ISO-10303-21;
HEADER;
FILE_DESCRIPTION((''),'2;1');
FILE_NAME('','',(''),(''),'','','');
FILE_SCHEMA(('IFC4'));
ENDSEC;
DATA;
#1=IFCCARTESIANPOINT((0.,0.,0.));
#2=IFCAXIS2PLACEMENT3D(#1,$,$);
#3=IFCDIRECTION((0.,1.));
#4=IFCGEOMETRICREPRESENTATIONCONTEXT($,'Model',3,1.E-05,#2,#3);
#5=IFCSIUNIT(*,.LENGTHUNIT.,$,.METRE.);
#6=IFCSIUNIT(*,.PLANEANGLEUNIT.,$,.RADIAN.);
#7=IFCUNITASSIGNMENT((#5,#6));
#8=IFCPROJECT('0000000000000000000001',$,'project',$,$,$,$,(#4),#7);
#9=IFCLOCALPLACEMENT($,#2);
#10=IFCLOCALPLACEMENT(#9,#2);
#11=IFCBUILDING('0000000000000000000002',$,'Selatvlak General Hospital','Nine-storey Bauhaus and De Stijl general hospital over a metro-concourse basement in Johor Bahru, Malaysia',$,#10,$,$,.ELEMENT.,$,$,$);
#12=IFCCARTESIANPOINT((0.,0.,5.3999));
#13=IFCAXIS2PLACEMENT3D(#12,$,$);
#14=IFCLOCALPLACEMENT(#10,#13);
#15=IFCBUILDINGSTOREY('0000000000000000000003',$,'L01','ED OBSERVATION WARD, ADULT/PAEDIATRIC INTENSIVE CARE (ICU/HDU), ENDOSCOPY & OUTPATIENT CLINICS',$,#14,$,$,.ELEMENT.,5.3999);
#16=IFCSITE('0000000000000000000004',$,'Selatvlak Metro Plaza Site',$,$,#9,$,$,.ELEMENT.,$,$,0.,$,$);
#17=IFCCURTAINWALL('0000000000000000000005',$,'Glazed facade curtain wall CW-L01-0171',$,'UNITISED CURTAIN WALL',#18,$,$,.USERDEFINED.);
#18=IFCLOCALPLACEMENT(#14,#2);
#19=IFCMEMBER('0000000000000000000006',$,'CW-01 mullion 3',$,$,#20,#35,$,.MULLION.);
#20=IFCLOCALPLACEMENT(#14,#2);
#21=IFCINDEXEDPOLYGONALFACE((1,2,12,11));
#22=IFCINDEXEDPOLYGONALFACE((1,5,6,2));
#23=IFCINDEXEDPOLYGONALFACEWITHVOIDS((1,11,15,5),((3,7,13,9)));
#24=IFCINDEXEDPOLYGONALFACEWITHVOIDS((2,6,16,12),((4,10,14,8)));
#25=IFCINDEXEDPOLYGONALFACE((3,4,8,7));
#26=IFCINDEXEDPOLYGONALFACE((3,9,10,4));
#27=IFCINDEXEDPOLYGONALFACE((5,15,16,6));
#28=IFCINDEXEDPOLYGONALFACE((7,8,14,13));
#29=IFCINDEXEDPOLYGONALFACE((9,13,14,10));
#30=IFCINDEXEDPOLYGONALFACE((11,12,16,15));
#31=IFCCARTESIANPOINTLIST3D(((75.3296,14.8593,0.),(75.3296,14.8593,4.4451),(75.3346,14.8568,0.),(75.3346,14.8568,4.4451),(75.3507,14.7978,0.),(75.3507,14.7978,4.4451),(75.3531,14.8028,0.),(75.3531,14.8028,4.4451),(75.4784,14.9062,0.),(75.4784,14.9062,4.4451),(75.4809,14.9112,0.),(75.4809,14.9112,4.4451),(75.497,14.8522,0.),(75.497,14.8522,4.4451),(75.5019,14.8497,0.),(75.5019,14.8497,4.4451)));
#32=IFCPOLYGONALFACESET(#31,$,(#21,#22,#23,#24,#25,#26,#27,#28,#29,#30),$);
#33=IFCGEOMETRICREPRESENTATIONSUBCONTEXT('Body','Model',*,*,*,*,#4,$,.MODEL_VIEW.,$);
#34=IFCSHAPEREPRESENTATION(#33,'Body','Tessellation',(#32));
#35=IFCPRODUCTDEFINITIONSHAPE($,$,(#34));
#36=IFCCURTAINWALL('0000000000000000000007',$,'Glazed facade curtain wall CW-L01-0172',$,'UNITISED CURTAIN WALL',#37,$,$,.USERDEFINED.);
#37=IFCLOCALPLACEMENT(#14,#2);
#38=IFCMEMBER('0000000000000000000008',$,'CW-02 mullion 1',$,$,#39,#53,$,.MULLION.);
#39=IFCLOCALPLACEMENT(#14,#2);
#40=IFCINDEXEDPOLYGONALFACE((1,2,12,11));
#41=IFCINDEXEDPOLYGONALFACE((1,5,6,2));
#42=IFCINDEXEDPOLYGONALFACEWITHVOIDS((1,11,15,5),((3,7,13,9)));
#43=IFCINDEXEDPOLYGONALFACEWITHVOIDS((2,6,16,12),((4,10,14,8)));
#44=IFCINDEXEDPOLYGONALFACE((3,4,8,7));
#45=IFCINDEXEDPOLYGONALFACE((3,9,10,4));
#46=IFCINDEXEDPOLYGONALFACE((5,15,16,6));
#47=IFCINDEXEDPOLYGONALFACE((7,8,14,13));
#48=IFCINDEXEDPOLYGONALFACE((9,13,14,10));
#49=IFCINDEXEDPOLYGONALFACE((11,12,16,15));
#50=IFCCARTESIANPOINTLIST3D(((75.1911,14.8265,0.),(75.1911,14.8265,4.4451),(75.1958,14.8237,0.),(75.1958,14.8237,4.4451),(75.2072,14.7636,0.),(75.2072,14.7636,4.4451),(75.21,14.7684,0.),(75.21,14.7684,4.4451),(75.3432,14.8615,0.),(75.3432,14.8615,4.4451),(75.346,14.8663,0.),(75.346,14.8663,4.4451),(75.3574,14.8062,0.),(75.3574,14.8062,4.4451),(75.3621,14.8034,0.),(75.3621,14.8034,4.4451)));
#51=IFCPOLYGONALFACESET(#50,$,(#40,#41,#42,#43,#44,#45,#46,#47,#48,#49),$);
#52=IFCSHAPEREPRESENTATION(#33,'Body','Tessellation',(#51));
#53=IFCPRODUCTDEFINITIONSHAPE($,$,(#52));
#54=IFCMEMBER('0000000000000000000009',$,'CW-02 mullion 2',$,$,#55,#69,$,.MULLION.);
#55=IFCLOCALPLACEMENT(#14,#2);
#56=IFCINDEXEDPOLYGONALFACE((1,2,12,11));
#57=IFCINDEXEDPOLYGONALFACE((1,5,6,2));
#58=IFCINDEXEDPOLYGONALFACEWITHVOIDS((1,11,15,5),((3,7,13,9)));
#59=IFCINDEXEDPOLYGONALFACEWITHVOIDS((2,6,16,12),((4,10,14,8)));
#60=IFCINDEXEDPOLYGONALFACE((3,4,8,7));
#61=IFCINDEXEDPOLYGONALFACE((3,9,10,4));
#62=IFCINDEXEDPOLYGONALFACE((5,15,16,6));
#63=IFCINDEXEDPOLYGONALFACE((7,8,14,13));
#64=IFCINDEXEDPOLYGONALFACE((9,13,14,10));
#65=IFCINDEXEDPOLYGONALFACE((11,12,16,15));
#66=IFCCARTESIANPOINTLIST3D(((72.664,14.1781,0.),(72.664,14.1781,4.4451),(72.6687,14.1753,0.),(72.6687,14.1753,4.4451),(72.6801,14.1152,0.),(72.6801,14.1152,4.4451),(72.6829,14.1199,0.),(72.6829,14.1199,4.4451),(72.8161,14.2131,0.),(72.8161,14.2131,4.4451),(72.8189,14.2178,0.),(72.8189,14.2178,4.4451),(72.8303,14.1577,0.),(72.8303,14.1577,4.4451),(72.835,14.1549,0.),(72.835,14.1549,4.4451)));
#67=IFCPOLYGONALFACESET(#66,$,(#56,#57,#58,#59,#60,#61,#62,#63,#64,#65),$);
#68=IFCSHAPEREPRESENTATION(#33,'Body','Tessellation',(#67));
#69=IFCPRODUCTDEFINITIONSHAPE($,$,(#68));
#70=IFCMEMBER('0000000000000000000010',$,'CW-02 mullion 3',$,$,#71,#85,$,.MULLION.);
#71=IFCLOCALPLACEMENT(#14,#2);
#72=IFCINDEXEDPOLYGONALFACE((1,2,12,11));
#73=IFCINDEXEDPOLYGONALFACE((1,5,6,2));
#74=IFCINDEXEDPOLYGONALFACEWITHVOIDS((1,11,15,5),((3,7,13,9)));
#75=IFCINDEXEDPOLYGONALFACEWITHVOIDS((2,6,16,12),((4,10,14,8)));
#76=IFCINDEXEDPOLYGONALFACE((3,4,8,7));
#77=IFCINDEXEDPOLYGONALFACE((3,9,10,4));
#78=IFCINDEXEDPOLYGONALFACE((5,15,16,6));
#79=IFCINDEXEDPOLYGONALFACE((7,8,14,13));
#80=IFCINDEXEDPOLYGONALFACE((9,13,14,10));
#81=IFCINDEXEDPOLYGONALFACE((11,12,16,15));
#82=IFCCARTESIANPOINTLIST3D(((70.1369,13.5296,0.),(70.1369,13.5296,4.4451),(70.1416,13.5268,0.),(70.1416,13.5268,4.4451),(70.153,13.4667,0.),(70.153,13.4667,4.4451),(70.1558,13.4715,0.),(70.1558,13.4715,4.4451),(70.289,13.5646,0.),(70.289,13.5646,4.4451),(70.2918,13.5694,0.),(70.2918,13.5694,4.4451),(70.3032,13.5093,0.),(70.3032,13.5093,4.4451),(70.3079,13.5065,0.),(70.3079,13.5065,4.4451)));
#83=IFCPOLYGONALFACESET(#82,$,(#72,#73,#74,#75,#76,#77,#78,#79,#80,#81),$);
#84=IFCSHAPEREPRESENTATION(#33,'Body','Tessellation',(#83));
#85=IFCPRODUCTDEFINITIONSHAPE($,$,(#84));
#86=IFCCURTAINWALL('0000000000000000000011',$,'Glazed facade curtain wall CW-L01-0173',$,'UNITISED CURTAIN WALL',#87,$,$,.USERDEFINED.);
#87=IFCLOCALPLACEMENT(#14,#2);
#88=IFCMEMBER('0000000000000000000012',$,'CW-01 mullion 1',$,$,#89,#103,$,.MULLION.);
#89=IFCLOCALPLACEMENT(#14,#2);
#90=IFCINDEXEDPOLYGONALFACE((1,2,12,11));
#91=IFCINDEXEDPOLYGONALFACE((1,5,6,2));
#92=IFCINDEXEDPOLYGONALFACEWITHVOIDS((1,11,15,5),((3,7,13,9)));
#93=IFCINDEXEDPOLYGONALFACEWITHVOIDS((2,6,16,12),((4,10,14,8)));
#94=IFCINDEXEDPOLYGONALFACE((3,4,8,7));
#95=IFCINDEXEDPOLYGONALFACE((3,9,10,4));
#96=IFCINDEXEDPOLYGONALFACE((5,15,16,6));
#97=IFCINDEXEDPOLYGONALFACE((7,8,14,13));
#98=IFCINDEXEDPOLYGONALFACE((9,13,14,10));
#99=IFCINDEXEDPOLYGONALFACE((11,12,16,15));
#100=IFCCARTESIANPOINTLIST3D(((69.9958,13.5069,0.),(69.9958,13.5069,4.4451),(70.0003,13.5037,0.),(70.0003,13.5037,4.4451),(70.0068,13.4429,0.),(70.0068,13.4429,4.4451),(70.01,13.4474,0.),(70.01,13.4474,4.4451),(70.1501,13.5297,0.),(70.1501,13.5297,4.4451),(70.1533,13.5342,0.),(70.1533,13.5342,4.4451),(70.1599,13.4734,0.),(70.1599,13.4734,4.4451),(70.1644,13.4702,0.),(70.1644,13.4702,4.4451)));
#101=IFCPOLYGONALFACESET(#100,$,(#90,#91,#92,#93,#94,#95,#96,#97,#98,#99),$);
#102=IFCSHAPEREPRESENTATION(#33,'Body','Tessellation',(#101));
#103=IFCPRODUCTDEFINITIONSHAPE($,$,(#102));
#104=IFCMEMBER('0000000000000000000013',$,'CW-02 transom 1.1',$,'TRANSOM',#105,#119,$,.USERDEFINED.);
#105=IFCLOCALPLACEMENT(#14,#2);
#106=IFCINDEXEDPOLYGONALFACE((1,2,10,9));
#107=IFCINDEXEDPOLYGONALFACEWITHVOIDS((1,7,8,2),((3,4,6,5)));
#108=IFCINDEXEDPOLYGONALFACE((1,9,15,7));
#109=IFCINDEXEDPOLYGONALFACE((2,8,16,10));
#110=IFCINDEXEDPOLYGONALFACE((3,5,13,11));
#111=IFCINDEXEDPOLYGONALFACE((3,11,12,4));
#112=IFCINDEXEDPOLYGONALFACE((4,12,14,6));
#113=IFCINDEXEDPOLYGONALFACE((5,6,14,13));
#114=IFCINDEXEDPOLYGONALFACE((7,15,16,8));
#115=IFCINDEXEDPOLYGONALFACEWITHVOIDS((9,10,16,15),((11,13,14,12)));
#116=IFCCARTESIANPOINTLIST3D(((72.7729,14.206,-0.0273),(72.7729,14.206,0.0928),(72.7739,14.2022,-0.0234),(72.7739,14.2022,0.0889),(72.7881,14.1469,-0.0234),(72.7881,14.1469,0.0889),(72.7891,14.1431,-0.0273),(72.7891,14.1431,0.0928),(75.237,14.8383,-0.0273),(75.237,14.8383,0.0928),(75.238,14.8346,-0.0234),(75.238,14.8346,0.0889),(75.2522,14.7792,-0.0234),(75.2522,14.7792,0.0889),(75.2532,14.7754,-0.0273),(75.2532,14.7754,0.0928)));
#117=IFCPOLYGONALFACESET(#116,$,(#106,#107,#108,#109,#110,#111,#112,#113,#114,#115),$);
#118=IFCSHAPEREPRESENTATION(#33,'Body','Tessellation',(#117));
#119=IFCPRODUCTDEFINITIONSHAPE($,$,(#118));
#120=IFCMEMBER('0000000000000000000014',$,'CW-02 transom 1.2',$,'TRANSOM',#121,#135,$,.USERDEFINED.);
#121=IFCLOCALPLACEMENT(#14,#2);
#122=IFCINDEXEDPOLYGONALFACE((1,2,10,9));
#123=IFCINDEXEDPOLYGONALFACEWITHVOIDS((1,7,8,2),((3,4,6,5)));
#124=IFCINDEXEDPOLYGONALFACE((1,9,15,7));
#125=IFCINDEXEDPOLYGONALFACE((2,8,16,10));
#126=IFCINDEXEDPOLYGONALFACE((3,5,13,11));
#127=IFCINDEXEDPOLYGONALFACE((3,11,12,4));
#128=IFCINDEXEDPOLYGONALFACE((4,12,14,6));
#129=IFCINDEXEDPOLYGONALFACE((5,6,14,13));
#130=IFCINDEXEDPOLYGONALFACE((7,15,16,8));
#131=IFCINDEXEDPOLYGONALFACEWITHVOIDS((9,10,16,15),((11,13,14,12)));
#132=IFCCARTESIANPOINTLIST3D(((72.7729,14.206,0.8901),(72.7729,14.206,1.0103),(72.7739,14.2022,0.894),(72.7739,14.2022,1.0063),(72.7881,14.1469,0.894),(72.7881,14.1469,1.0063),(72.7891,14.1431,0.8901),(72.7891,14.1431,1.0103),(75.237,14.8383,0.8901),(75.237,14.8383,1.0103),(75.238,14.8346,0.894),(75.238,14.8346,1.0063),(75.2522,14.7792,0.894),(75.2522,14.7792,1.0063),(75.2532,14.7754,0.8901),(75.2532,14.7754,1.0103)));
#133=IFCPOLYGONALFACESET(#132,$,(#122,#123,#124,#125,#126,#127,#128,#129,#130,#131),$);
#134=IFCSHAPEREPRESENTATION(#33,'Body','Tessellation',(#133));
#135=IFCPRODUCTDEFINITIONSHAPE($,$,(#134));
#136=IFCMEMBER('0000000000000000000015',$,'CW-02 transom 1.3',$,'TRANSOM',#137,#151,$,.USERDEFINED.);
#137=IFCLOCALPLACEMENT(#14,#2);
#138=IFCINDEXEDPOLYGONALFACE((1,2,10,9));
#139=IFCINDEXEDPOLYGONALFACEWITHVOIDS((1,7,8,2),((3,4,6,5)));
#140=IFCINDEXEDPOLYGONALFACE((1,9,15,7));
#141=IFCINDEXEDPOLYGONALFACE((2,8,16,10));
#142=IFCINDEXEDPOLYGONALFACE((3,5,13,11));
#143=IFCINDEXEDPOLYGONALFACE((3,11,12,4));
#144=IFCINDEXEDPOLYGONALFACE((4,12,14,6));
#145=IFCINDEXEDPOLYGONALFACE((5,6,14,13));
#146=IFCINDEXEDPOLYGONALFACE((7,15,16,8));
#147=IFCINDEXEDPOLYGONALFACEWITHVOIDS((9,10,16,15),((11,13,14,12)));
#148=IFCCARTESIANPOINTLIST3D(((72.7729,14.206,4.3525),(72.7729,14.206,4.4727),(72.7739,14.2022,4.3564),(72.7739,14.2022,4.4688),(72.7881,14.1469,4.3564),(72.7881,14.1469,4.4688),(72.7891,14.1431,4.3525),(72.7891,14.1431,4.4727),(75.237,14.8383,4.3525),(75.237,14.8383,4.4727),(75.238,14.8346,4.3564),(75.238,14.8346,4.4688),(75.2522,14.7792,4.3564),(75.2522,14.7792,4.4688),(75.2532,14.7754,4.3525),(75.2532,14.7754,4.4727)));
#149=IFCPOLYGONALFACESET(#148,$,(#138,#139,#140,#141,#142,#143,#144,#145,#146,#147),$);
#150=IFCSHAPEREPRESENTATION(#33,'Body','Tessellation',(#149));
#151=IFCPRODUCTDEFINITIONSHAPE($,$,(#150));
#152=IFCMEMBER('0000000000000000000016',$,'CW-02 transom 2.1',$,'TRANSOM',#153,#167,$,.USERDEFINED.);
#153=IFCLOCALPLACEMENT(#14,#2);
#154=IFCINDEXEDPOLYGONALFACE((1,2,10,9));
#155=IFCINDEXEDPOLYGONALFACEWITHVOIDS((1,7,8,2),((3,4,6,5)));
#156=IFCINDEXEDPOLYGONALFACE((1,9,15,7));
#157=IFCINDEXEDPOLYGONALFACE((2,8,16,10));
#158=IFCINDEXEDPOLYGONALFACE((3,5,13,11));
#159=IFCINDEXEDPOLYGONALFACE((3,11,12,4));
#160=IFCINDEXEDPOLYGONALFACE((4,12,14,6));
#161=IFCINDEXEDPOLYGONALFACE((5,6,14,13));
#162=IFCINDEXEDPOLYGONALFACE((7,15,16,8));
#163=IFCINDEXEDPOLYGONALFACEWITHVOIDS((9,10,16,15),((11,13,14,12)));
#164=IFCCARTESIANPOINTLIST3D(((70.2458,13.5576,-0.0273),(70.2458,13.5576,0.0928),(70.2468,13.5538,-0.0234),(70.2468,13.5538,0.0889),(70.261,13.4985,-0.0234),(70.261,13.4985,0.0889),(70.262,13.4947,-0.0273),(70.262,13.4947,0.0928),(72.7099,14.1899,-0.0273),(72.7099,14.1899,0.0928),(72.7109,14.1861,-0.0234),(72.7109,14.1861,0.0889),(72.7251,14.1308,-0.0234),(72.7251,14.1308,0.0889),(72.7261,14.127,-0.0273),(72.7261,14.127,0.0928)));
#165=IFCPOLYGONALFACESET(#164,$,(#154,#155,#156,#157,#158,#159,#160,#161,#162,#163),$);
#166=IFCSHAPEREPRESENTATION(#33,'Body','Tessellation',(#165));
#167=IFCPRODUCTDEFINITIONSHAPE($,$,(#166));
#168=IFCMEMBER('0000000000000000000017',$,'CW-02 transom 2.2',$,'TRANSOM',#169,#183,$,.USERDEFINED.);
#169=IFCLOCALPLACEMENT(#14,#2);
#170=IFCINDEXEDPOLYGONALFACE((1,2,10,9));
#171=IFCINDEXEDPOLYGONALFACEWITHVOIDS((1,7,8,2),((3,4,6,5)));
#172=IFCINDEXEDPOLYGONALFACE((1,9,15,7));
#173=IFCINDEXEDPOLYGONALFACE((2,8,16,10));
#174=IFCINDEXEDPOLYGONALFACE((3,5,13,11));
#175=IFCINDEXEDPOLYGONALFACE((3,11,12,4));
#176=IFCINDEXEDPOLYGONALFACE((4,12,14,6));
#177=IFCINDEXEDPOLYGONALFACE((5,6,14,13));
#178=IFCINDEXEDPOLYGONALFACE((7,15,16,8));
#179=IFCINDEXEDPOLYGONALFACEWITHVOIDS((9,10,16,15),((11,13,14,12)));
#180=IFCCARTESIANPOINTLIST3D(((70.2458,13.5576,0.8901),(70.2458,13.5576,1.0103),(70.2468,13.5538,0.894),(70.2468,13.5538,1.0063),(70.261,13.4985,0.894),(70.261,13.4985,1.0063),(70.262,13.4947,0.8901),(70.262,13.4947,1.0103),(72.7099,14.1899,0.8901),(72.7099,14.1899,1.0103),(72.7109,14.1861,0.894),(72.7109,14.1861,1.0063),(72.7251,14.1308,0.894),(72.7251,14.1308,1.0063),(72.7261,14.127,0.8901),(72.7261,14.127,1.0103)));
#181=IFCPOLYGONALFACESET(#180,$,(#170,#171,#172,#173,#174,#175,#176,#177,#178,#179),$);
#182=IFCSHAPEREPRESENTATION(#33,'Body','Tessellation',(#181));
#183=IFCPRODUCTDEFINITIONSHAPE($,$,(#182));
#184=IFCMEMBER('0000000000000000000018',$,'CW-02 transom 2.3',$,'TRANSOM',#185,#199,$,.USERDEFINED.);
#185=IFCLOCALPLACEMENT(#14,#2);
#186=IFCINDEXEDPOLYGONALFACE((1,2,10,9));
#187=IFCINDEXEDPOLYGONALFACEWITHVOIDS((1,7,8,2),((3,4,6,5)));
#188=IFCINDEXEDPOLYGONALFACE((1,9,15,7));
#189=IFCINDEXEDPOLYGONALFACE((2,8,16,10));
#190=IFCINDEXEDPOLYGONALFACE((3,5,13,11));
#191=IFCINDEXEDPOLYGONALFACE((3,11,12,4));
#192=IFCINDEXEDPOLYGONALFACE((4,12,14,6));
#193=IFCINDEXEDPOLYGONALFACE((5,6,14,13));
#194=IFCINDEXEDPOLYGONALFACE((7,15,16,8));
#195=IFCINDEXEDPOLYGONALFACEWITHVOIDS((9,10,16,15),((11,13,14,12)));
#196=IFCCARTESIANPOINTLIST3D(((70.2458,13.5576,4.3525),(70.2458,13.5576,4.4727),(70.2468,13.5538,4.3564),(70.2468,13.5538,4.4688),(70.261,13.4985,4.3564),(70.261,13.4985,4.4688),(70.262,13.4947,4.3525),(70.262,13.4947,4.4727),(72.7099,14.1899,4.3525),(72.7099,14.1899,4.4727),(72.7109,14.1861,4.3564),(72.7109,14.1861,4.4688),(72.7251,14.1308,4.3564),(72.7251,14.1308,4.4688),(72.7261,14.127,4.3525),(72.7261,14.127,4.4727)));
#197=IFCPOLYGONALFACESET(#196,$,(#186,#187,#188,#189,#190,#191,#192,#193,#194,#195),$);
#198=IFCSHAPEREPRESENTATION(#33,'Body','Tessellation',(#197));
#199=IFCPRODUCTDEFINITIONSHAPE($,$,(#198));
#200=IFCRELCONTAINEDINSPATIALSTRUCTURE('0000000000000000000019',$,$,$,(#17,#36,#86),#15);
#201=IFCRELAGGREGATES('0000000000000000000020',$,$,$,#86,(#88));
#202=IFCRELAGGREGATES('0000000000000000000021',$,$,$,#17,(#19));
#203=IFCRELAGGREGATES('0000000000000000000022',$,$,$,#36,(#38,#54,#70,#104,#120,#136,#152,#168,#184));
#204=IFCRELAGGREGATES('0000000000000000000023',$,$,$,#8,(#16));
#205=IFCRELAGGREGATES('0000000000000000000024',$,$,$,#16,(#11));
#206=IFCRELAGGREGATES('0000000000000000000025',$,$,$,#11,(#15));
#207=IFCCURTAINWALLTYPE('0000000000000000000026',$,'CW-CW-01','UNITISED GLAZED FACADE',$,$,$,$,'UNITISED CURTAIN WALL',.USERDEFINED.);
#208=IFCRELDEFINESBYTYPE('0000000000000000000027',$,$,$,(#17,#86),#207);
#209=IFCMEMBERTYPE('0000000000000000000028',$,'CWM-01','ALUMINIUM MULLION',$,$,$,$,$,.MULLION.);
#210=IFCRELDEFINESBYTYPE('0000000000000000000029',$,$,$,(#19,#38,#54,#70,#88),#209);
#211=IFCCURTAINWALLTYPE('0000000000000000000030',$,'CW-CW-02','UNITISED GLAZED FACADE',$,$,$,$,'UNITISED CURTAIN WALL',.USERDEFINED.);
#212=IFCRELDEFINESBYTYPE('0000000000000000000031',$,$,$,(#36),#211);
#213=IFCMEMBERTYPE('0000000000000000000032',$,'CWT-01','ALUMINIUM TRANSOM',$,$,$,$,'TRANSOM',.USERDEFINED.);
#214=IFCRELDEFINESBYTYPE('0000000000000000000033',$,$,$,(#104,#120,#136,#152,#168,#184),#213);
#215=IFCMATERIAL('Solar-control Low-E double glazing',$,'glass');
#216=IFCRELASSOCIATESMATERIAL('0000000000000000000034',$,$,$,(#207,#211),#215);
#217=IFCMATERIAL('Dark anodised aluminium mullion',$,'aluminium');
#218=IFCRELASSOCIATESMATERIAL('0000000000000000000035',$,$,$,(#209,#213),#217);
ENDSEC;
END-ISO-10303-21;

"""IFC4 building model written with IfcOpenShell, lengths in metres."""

from ifc_helpers import new_model, si_unit, direction, frame, origin, origin_2d, place, context, subcontext, project, spatial, hollow_rectangle, extrude, material, material_profile, profile_set, type_object, element, aggregate, save


model = new_model("IFC4")

# Units and contexts
model_context = context("Model", 3, precision=1e-05, world=origin(), true_north=direction((0.0, 1.0)))
body_context = subcontext(model_context, "Body", "Model", "MODEL_VIEW")
ifc_project = project(units=[si_unit("LENGTHUNIT", "METRE"), si_unit("PLANEANGLEUNIT", "RADIAN")], contexts=[model_context])

# Site, building, storey
site_placement = place(None, origin())
site = spatial("IfcSite", under=ifc_project, at=site_placement, Name="Selatvlak Metro Plaza Site", CompositionType="ELEMENT", RefElevation=0.0)
building_placement = place(site_placement, origin())
building = spatial("IfcBuilding", under=site, at=building_placement, Name="Selatvlak General Hospital", Description="Nine-storey Bauhaus and De Stijl general hospital over a metro-concourse basement in Johor Bahru, Malaysia", CompositionType="ELEMENT")
storey_placement = place(building_placement, frame((0.0, 0.0, 5.3999)))
storey = spatial("IfcBuildingStorey", under=building, at=storey_placement, Name="L01", Description="ED OBSERVATION WARD, ADULT/PAEDIATRIC INTENSIVE CARE (ICU/HDU), ENDOSCOPY & OUTPATIENT CLINICS", CompositionType="ELEMENT", Elevation=5.3999)

# Curtain wall, member
ifc_material_1 = material(Name="Solar-control Low-E double glazing", Category="glass")
curtain_wall_type_1 = type_object("IfcCurtainWallType", Name="CW-CW-01", Description="UNITISED GLAZED FACADE", ElementType="UNITISED CURTAIN WALL", PredefinedType="USERDEFINED", material=ifc_material_1)
curtain_wall_1_placement = place(storey_placement, origin())
curtain_wall_1 = element("IfcCurtainWall", 1, at=curtain_wall_1_placement, inside=storey, type_object=curtain_wall_type_1, Name="Glazed facade curtain wall CW-L01-0171", ObjectType="UNITISED CURTAIN WALL", PredefinedType="USERDEFINED")
ifc_material_2 = material(Name="Dark anodised aluminium mullion", Category="aluminium")
ifc_material_profile_1 = material_profile(ifc_material_2, hollow_rectangle(XDim=0.0649, YDim=0.1599, WallThickness=0.0039, at=origin_2d()), Name="AL-MUL 65x160x4")
ifc_profile_set_1 = profile_set([ifc_material_profile_1], Name="Dark anodised aluminium mullion")
member_type_1 = type_object("IfcMemberType", Name="CWM-01", Description="ALUMINIUM MULLION", PredefinedType="MULLION", material=ifc_profile_set_1)
member_1_placement = place(storey_placement, frame((75.4158, 14.8545, 0.0), z_axis=(0.0, 0.0, 1.0), x_axis=(0.324609, -0.945848, 0.0)))
member_1 = element("IfcMember", 2, at=member_1_placement, type_object=member_type_1, Name="CW-01 mullion 3", PredefinedType="MULLION", context=body_context, shape_type="SweptSolid", body=[
    extrude(hollow_rectangle(XDim=0.0649, YDim=0.1599, WallThickness=0.0039, at=origin_2d()), origin(), (0.0, 0.0, 1.0), 4.4451),
])

# Curtain wall, members
curtain_wall_type_2 = type_object("IfcCurtainWallType", Name="CW-CW-02", Description="UNITISED GLAZED FACADE", ElementType="UNITISED CURTAIN WALL", PredefinedType="USERDEFINED", material=ifc_material_1)
curtain_wall_2_placement = place(storey_placement, origin())
curtain_wall_2 = element("IfcCurtainWall", 3, at=curtain_wall_2_placement, inside=storey, type_object=curtain_wall_type_2, Name="Glazed facade curtain wall CW-L01-0172", ObjectType="UNITISED CURTAIN WALL", PredefinedType="USERDEFINED")
member_2_placement = place(storey_placement, frame((75.2766, 14.8149, 0.0), z_axis=(0.0, 0.0, 1.0), x_axis=(0.248544, -0.968621, 0.0)))
member_2 = element("IfcMember", 4, at=member_2_placement, type_object=member_type_1, Name="CW-02 mullion 1", PredefinedType="MULLION", context=body_context, shape_type="SweptSolid", body=[
    extrude(hollow_rectangle(XDim=0.0649, YDim=0.1599, WallThickness=0.0039, at=origin_2d()), origin(), (0.0, 0.0, 1.0), 4.4451),
])
member_3_placement = place(storey_placement, frame((72.7495, 14.1665, 0.0), z_axis=(0.0, 0.0, 1.0), x_axis=(0.248544, -0.968621, 0.0)))
member_3 = element("IfcMember", 5, at=member_3_placement, type_object=member_type_1, Name="CW-02 mullion 2", PredefinedType="MULLION", context=body_context, shape_type="SweptSolid", body=[
    extrude(hollow_rectangle(XDim=0.0649, YDim=0.1599, WallThickness=0.0039, at=origin_2d()), origin(), (0.0, 0.0, 1.0), 4.4451),
])
member_4_placement = place(storey_placement, frame((70.2224, 13.5181, 0.0), z_axis=(0.0, 0.0, 1.0), x_axis=(0.248544, -0.968621, 0.0)))
member_4 = element("IfcMember", 6, at=member_4_placement, type_object=member_type_1, Name="CW-02 mullion 3", PredefinedType="MULLION", context=body_context, shape_type="SweptSolid", body=[
    extrude(hollow_rectangle(XDim=0.0649, YDim=0.1599, WallThickness=0.0039, at=origin_2d()), origin(), (0.0, 0.0, 1.0), 4.4451),
])

# Curtain wall, member
curtain_wall_3_placement = place(storey_placement, origin())
curtain_wall_3 = element("IfcCurtainWall", 7, at=curtain_wall_3_placement, inside=storey, type_object=curtain_wall_type_1, Name="Glazed facade curtain wall CW-L01-0173", ObjectType="UNITISED CURTAIN WALL", PredefinedType="USERDEFINED")
member_5_placement = place(storey_placement, frame((70.0801, 13.4885, 0.0), z_axis=(0.0, 0.0, 1.0), x_axis=(0.170838, -0.985299, 0.0)))
member_5 = element("IfcMember", 8, at=member_5_placement, type_object=member_type_1, Name="CW-01 mullion 1", PredefinedType="MULLION", context=body_context, shape_type="SweptSolid", body=[
    extrude(hollow_rectangle(XDim=0.0649, YDim=0.1599, WallThickness=0.0039, at=origin_2d()), origin(), (0.0, 0.0, 1.0), 4.4451),
])

# Members
ifc_material_profile_2 = material_profile(ifc_material_2, hollow_rectangle(XDim=0.0649, YDim=0.1201, WallThickness=0.0039, at=origin_2d()), Name="AL-TRN 65x120x4")
ifc_profile_set_2 = profile_set([ifc_material_profile_2], Name="Dark anodised aluminium mullion")
member_type_2 = type_object("IfcMemberType", Name="CWT-01", Description="ALUMINIUM TRANSOM", ElementType="TRANSOM", PredefinedType="USERDEFINED", material=ifc_profile_set_2)
member_6_placement = place(storey_placement, frame((75.2451, 14.8069, 0.0327), z_axis=(-0.968616, -0.24856, 0.0), x_axis=(0.24856, -0.968616, 0.0)))
member_6 = element("IfcMember", 9, at=member_6_placement, type_object=member_type_2, Name="CW-02 transom 1.1", ObjectType="TRANSOM", PredefinedType="USERDEFINED", context=body_context, shape_type="SweptSolid", body=[
    extrude(hollow_rectangle(XDim=0.0649, YDim=0.1201, WallThickness=0.0039, at=origin_2d()), origin(), (0.0, 0.0, 1.0), 2.5439),
])
member_7_placement = place(storey_placement, frame((75.2451, 14.8069, 0.9502), z_axis=(-0.968616, -0.24856, 0.0), x_axis=(0.24856, -0.968616, 0.0)))
member_7 = element("IfcMember", 10, at=member_7_placement, type_object=member_type_2, Name="CW-02 transom 1.2", ObjectType="TRANSOM", PredefinedType="USERDEFINED", context=body_context, shape_type="SweptSolid", body=[
    extrude(hollow_rectangle(XDim=0.0649, YDim=0.1201, WallThickness=0.0039, at=origin_2d()), origin(), (0.0, 0.0, 1.0), 2.5439),
])
member_8_placement = place(storey_placement, frame((75.2451, 14.8069, 4.4126), z_axis=(-0.968616, -0.24856, 0.0), x_axis=(0.24856, -0.968616, 0.0)))
member_8 = element("IfcMember", 11, at=member_8_placement, type_object=member_type_2, Name="CW-02 transom 1.3", ObjectType="TRANSOM", PredefinedType="USERDEFINED", context=body_context, shape_type="SweptSolid", body=[
    extrude(hollow_rectangle(XDim=0.0649, YDim=0.1201, WallThickness=0.0039, at=origin_2d()), origin(), (0.0, 0.0, 1.0), 2.5439),
])
member_9_placement = place(storey_placement, frame((72.718, 14.1584, 0.0327), z_axis=(-0.968616, -0.24856, 0.0), x_axis=(0.24856, -0.968616, 0.0)))
member_9 = element("IfcMember", 12, at=member_9_placement, type_object=member_type_2, Name="CW-02 transom 2.1", ObjectType="TRANSOM", PredefinedType="USERDEFINED", context=body_context, shape_type="SweptSolid", body=[
    extrude(hollow_rectangle(XDim=0.0649, YDim=0.1201, WallThickness=0.0039, at=origin_2d()), origin(), (0.0, 0.0, 1.0), 2.5439),
])
member_10_placement = place(storey_placement, frame((72.718, 14.1584, 0.9502), z_axis=(-0.968616, -0.24856, 0.0), x_axis=(0.24856, -0.968616, 0.0)))
member_10 = element("IfcMember", 13, at=member_10_placement, type_object=member_type_2, Name="CW-02 transom 2.2", ObjectType="TRANSOM", PredefinedType="USERDEFINED", context=body_context, shape_type="SweptSolid", body=[
    extrude(hollow_rectangle(XDim=0.0649, YDim=0.1201, WallThickness=0.0039, at=origin_2d()), origin(), (0.0, 0.0, 1.0), 2.5439),
])
member_11_placement = place(storey_placement, frame((72.718, 14.1584, 4.4126), z_axis=(-0.968616, -0.24856, 0.0), x_axis=(0.24856, -0.968616, 0.0)))
member_11 = element("IfcMember", 14, at=member_11_placement, type_object=member_type_2, Name="CW-02 transom 2.3", ObjectType="TRANSOM", PredefinedType="USERDEFINED", context=body_context, shape_type="SweptSolid", body=[
    extrude(hollow_rectangle(XDim=0.0649, YDim=0.1201, WallThickness=0.0039, at=origin_2d()), origin(), (0.0, 0.0, 1.0), 2.5439),
])
aggregate(curtain_wall_3, [member_5])

aggregate(curtain_wall_1, [member_1])
aggregate(curtain_wall_2, [member_2, member_3, member_4, member_6, member_7, member_8, member_9, member_10, member_11])

save(model, "model.ifc")
